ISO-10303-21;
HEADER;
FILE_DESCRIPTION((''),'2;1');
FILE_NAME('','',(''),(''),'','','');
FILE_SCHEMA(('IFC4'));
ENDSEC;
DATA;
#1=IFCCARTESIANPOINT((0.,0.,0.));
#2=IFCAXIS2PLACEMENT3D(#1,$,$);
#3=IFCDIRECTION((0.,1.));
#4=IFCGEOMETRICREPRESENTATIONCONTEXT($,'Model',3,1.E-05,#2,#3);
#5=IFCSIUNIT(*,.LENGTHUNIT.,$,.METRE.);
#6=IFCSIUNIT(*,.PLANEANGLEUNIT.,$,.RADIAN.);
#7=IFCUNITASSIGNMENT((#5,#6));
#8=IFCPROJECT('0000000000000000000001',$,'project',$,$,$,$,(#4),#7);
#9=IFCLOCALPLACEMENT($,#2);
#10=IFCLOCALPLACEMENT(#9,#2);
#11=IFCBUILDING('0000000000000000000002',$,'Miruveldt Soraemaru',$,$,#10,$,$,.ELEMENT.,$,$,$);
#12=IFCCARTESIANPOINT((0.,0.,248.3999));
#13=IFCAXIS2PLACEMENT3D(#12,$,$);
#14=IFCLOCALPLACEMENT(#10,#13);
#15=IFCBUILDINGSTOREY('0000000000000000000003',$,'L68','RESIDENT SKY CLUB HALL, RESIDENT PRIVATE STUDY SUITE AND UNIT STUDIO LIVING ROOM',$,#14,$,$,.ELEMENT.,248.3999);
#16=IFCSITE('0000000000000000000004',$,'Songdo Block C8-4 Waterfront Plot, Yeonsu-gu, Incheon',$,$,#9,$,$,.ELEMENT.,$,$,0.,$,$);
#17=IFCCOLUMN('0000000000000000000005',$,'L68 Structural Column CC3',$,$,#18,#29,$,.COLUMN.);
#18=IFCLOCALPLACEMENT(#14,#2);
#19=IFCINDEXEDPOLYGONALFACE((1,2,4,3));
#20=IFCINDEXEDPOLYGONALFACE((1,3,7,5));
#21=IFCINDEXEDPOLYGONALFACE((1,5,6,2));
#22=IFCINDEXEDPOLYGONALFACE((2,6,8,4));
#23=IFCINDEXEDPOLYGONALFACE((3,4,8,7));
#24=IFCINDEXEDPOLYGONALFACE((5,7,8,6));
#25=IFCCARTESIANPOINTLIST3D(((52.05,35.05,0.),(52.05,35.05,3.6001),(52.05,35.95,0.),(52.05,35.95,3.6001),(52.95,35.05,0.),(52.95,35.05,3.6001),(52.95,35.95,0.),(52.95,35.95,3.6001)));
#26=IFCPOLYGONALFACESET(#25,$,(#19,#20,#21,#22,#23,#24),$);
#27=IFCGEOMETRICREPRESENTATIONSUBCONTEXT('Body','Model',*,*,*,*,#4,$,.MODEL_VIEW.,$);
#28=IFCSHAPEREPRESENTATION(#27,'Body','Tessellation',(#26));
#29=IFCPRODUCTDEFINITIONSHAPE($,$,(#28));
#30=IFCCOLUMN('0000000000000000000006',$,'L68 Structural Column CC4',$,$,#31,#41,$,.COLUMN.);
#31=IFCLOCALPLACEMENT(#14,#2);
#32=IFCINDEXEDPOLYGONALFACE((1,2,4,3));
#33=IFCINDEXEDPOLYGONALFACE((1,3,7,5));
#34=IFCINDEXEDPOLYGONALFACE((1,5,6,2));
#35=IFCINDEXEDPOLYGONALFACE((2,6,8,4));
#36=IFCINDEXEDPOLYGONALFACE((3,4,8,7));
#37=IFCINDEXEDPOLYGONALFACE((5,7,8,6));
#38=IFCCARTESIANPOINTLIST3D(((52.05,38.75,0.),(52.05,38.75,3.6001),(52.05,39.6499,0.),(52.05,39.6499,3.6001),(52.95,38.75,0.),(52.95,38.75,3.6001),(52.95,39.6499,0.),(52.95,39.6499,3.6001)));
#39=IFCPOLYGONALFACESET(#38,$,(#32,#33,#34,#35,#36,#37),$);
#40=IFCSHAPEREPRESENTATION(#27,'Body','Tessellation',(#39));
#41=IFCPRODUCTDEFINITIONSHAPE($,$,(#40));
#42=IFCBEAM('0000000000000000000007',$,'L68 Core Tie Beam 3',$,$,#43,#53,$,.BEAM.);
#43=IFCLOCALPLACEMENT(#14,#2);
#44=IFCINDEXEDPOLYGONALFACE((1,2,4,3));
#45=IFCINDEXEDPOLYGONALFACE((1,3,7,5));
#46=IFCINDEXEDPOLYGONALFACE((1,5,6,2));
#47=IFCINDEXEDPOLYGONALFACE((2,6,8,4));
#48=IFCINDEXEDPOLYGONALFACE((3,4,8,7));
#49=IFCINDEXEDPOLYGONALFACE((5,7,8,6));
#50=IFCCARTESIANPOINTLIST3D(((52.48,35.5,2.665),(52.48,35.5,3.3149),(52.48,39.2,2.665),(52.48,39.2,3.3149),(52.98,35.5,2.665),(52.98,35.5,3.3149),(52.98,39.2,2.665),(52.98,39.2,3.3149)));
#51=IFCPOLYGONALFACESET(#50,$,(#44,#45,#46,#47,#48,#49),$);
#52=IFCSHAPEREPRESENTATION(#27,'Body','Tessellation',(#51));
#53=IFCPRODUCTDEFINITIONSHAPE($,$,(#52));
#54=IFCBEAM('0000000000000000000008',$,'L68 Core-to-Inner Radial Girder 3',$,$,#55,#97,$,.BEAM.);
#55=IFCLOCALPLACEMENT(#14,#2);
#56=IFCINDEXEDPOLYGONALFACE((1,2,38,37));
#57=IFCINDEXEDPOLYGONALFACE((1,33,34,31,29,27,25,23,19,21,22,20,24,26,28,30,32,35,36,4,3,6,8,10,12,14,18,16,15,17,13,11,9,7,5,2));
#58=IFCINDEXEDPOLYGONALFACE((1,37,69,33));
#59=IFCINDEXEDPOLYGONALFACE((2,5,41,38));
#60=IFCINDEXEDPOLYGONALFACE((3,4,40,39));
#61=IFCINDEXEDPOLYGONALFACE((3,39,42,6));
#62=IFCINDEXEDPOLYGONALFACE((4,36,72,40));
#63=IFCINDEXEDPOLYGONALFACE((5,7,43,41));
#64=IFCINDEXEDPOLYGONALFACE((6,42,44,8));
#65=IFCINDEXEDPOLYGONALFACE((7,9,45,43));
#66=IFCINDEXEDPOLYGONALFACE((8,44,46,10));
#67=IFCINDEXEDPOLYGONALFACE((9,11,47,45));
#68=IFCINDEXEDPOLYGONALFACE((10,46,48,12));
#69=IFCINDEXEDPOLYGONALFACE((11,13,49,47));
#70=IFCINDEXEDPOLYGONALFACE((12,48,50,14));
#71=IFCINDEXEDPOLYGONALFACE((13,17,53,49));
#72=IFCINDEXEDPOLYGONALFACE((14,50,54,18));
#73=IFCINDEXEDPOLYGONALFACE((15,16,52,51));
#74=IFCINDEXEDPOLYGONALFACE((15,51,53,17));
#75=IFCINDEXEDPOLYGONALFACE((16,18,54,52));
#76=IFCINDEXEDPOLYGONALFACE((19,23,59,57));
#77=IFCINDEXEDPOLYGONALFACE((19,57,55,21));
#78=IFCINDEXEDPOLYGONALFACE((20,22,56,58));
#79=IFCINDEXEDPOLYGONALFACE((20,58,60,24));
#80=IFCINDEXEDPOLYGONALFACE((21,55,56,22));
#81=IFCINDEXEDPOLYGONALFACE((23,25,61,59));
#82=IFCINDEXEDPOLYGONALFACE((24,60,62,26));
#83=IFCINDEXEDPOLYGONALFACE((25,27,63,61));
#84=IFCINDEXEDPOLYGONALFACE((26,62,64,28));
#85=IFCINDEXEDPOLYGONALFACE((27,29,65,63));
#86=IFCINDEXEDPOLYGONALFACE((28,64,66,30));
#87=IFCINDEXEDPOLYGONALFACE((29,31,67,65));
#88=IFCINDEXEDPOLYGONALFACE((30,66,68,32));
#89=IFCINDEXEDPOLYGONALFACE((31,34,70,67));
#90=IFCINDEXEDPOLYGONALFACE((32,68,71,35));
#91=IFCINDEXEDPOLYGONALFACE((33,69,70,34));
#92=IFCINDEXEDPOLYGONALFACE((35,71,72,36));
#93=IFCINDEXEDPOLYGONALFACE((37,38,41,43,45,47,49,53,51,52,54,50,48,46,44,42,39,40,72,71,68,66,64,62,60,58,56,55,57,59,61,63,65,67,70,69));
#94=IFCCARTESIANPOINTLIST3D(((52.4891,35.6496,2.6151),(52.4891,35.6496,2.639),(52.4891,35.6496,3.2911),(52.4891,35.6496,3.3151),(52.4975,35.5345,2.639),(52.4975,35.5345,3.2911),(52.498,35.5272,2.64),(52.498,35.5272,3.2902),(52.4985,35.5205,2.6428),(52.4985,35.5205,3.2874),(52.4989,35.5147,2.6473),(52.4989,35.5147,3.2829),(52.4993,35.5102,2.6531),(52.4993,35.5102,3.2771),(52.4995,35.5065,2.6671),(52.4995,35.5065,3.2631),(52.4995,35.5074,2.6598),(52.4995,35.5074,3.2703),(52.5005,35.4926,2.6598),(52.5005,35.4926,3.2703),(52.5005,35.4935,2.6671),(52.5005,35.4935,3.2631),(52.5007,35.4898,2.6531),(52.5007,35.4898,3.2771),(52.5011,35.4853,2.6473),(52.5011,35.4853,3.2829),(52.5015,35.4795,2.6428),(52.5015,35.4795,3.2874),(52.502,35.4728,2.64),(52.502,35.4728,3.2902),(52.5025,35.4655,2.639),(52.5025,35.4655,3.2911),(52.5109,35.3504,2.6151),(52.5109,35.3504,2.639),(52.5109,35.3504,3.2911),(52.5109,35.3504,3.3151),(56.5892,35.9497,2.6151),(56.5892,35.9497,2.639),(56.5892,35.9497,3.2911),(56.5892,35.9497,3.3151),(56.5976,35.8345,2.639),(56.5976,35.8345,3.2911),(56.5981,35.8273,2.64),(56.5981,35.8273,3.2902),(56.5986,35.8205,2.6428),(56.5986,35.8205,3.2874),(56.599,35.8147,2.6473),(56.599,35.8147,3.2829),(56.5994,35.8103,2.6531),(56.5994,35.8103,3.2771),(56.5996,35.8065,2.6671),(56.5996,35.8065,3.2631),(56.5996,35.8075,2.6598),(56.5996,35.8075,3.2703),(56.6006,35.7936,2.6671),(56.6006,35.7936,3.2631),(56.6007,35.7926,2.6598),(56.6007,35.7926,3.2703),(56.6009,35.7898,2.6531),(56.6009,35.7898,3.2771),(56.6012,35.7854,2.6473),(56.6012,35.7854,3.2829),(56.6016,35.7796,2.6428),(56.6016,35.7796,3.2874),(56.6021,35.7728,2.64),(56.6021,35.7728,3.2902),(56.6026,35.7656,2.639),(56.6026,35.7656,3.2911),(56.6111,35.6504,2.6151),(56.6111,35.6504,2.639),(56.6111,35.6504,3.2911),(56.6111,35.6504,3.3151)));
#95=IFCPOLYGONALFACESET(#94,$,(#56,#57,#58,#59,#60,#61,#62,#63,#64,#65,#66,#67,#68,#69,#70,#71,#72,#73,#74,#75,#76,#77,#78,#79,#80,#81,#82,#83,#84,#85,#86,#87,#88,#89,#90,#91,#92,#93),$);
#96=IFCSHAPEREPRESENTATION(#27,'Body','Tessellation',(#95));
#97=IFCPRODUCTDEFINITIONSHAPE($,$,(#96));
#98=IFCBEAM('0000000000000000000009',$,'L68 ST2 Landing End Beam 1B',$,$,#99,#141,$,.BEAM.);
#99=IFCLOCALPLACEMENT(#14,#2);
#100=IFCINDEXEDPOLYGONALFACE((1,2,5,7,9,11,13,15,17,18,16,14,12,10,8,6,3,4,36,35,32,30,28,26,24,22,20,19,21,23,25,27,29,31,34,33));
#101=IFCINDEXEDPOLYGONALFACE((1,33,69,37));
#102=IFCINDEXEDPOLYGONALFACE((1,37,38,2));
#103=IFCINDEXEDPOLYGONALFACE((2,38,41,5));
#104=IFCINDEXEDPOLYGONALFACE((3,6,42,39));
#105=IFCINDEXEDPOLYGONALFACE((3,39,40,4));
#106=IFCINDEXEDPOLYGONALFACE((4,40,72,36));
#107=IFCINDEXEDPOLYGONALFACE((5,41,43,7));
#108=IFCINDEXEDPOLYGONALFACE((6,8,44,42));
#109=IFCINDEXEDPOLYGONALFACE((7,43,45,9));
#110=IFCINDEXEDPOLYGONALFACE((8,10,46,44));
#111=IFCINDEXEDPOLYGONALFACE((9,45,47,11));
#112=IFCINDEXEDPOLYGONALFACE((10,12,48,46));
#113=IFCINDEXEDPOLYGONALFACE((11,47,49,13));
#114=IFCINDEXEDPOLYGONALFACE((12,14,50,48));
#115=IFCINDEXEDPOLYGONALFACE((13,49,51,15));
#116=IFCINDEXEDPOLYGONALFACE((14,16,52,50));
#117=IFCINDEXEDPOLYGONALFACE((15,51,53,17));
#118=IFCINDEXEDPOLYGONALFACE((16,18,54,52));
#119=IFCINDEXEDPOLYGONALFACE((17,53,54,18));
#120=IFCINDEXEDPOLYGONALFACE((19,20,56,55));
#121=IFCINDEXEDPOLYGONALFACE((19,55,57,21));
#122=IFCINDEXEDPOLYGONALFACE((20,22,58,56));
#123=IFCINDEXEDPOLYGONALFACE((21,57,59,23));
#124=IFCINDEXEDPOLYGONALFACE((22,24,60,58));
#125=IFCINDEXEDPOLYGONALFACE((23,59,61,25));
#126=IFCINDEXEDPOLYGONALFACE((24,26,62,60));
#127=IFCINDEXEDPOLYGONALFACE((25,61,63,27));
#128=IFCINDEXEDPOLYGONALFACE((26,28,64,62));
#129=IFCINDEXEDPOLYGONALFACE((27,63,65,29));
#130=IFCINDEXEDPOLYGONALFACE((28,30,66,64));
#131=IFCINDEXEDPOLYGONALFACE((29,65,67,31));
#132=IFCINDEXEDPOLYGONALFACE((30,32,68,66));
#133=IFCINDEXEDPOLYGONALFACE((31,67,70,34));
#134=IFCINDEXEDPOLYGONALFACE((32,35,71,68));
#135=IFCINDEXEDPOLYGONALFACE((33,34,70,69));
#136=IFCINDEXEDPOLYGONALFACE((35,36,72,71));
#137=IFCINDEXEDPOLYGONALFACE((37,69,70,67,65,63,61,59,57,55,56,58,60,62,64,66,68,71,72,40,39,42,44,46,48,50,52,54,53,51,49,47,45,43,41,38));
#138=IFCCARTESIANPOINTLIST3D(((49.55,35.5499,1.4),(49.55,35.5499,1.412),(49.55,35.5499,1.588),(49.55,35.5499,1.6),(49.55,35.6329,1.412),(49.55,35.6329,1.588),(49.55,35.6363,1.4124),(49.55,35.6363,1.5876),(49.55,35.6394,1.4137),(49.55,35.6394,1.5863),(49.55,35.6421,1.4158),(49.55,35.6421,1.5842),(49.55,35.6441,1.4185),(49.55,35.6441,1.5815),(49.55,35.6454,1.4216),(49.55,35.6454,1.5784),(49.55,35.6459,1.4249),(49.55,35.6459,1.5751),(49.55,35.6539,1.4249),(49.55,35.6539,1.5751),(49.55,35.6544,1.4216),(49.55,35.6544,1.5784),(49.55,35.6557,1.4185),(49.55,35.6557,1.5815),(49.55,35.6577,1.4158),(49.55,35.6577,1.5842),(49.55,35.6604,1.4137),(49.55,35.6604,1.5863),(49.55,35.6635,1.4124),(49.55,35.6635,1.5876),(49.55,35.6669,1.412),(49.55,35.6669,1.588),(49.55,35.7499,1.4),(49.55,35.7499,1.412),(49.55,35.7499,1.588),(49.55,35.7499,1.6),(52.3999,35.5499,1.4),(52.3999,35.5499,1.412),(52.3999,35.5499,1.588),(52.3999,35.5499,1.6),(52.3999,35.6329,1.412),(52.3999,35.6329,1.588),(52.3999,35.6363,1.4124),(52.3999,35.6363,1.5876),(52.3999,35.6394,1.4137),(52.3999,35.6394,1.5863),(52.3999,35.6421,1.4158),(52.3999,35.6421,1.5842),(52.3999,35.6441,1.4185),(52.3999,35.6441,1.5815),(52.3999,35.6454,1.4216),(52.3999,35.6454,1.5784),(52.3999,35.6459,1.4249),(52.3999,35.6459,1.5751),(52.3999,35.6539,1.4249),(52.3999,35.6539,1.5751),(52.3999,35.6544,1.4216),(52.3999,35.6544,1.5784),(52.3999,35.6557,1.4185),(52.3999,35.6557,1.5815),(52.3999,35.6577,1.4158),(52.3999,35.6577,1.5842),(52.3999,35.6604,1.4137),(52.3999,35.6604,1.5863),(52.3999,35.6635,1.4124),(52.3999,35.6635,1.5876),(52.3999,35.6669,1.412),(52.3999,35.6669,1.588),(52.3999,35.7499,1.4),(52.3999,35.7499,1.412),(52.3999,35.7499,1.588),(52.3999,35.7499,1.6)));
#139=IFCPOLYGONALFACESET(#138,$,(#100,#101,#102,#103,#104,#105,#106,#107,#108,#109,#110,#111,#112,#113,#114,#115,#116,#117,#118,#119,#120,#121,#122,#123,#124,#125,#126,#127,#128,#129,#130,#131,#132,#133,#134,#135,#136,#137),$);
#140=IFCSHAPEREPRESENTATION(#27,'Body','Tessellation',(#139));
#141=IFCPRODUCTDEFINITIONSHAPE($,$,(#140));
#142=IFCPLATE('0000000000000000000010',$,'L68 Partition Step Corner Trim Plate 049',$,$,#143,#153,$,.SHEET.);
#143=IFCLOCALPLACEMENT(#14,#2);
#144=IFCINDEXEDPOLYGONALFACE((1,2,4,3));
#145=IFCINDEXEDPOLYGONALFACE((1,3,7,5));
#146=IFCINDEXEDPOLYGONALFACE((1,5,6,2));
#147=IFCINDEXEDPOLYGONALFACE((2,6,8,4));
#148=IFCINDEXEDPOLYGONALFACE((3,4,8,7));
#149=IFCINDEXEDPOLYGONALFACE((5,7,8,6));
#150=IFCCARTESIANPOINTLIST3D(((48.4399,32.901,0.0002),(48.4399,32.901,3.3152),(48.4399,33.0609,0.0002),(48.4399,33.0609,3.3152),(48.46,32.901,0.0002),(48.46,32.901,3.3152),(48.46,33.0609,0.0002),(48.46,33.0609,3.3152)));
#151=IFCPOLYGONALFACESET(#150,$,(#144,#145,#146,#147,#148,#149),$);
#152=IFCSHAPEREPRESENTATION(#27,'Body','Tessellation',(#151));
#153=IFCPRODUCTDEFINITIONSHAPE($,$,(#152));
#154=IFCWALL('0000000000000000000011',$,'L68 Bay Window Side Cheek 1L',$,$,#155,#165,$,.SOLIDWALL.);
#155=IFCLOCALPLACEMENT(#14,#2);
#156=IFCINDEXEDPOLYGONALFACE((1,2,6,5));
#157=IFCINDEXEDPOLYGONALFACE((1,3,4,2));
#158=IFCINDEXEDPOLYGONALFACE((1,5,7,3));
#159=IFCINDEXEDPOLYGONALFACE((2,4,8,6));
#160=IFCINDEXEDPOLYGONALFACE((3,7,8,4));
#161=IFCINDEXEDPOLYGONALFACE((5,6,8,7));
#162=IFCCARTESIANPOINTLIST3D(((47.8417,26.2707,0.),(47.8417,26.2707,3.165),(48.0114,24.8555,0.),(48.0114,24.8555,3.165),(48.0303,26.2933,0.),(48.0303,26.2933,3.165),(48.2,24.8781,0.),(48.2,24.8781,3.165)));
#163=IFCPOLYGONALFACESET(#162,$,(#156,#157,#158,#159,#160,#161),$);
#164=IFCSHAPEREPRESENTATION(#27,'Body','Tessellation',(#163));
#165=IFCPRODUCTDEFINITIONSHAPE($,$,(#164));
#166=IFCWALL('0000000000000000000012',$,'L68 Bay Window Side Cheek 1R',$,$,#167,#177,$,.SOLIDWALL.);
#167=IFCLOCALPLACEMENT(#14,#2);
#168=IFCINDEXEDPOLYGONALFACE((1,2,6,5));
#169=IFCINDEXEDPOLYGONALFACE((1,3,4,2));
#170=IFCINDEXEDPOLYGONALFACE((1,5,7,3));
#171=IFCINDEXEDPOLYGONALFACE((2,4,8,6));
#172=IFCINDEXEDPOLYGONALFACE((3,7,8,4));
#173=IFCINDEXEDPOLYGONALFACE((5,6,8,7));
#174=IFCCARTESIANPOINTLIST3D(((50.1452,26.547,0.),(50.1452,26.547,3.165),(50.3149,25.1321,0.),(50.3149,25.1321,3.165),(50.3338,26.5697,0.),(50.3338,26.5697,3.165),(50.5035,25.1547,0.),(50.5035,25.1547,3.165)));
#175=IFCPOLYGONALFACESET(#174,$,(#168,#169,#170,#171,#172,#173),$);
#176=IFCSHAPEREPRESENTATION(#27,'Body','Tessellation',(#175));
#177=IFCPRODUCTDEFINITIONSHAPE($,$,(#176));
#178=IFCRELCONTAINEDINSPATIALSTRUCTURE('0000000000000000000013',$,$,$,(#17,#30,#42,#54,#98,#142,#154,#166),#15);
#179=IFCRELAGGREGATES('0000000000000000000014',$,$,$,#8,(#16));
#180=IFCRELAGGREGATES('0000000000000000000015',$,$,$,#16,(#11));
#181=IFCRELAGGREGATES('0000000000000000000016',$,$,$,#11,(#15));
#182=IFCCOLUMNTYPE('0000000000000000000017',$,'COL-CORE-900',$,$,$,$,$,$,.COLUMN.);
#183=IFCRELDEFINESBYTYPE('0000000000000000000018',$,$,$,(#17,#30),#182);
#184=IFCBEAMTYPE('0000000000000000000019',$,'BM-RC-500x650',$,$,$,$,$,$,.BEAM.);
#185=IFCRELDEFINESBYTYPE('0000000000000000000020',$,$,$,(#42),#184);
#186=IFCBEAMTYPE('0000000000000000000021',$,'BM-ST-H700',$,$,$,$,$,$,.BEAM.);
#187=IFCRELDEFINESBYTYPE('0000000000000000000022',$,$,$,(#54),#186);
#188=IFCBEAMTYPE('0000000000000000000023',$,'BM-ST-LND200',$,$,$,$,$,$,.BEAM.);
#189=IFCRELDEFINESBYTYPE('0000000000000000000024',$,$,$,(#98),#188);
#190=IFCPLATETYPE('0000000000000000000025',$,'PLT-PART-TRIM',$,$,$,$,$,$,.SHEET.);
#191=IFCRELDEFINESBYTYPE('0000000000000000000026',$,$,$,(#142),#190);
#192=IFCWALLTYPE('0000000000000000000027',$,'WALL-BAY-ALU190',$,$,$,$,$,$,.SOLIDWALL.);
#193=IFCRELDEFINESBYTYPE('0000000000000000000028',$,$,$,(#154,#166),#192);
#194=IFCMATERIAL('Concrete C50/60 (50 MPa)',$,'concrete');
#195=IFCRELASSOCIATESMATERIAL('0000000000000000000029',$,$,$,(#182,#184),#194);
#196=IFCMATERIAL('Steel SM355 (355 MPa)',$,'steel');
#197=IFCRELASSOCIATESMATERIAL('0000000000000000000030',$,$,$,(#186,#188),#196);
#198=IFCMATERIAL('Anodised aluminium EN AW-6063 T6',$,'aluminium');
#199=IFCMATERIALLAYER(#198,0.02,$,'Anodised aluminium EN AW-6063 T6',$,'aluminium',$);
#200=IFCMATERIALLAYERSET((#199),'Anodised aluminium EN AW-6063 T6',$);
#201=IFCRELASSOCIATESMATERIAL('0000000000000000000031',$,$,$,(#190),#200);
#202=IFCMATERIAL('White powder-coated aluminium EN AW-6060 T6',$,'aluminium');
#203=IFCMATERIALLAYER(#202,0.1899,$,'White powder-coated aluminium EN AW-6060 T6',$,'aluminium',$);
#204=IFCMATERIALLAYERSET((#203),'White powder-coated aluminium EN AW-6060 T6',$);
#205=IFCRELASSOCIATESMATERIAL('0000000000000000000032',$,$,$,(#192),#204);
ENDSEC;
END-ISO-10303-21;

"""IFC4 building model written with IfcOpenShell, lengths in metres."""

from ifc_helpers import new_model, si_unit, direction, frame, frame_2d, origin, origin_2d, place, context, subcontext, project, spatial, rectangle, i_section, extrude, material, layer, layer_set, material_profile, profile_set, type_object, element, save


model = new_model("IFC4")

# Units and contexts
model_context = context("Model", 3, precision=1e-05, world=origin(), true_north=direction((0.0, 1.0)))
body_context = subcontext(model_context, "Body", "Model", "MODEL_VIEW")
ifc_project = project(units=[si_unit("LENGTHUNIT", "METRE"), si_unit("PLANEANGLEUNIT", "RADIAN")], contexts=[model_context])

# Site, building, storey
site_placement = place(None, origin())
site = spatial("IfcSite", under=ifc_project, at=site_placement, Name="Songdo Block C8-4 Waterfront Plot, Yeonsu-gu, Incheon", CompositionType="ELEMENT", RefElevation=0.0)
building_placement = place(site_placement, origin())
building = spatial("IfcBuilding", under=site, at=building_placement, Name="Miruveldt Soraemaru", CompositionType="ELEMENT")
storey_placement = place(building_placement, frame((0.0, 0.0, 248.3999)))
storey = spatial("IfcBuildingStorey", under=building, at=storey_placement, Name="L68", Description="RESIDENT SKY CLUB HALL, RESIDENT PRIVATE STUDY SUITE AND UNIT STUDIO LIVING ROOM", CompositionType="ELEMENT", Elevation=248.3999)

# Columns
ifc_material_1 = material(Name="Concrete C50/60 (50 MPa)", Category="concrete")
ifc_material_profile_1 = material_profile(ifc_material_1, rectangle(XDim=0.8999, YDim=0.8999, at=origin_2d()), Name="Concrete C50/60 (50 MPa)", Category="concrete")
ifc_profile_set_1 = profile_set([ifc_material_profile_1], Name="Concrete C50/60 (50 MPa)")
column_type = type_object("IfcColumnType", Name="COL-CORE-900", PredefinedType="COLUMN", material=ifc_profile_set_1)
for number, where, z_axis, x_axis, name in (
    (1, (52.5, 35.5, 0.0), (0.0, 0.0, 1.0), (1.0, 0.0, 0.0), "L68 Structural Column CC3"),
    (2, (52.5, 39.2, 0.0), (0.0, 0.0, 1.0), (1.0, 0.0, 0.0), "L68 Structural Column CC4"),
):
    element("IfcColumn", number, at=place(storey_placement, frame(where, z_axis=z_axis, x_axis=x_axis)), inside=storey, type_object=column_type, Name=name, PredefinedType="COLUMN", context=body_context, shape_type="SweptSolid", body=[
        extrude(rectangle(XDim=0.8999, YDim=0.8999, at=origin_2d()), origin(), (0.0, 0.0, 1.0), 3.6001),
    ])

# Beams
ifc_material_profile_2 = material_profile(ifc_material_1, rectangle(XDim=0.5, YDim=0.6499, at=origin_2d()), Name="Concrete C50/60 (50 MPa)", Category="concrete")
ifc_profile_set_2 = profile_set([ifc_material_profile_2], Name="Concrete C50/60 (50 MPa)")
beam_type_1 = type_object("IfcBeamType", Name="BM-RC-500x650", PredefinedType="BEAM", material=ifc_profile_set_2)
beam_1_placement = place(storey_placement, frame((52.73, 35.5, 2.99), z_axis=(0.0, 1.0, 0.0), x_axis=(-1.0, 0.0, 0.0)))
element("IfcBeam", 3, at=beam_1_placement, inside=storey, type_object=beam_type_1, Name="L68 Core Tie Beam 3", PredefinedType="BEAM", context=body_context, shape_type="SweptSolid", body=[
    extrude(rectangle(XDim=0.5, YDim=0.6499, at=origin_2d()), origin(), (0.0, 0.0, 1.0), 3.7),
])
ifc_material_2 = material(Name="Steel SM355 (355 MPa)", Category="steel")
ifc_material_profile_3 = material_profile(ifc_material_2, i_section(OverallWidth=0.3, OverallDepth=0.7, WebThickness=0.0129, FlangeThickness=0.0239, FilletRadius=0.0281, at=origin_2d()), Name="Steel SM355 (355 MPa)", Category="steel")
ifc_profile_set_3 = profile_set([ifc_material_profile_3], Name="Steel SM355 (355 MPa)")
beam_type_2 = type_object("IfcBeamType", Name="BM-ST-H700", PredefinedType="BEAM", material=ifc_profile_set_3)
beam_2_placement = place(storey_placement, frame((52.5, 35.5, 2.9651), z_axis=(0.997333, 0.072986, 0.0), x_axis=(-0.072986, 0.997333, 0.0)))
element("IfcBeam", 4, at=beam_2_placement, inside=storey, type_object=beam_type_2, Name="L68 Core-to-Inner Radial Girder 3", PredefinedType="BEAM", context=body_context, shape_type="SweptSolid", body=[
    extrude(i_section(OverallWidth=0.3, OverallDepth=0.7, WebThickness=0.0129, FlangeThickness=0.0239, FilletRadius=0.0281, at=origin_2d()), origin(), (0.0, 0.0, 1.0), 4.1111),
])
ifc_material_profile_4 = material_profile(ifc_material_2, i_section(OverallWidth=0.2, OverallDepth=0.2, WebThickness=0.0081, FlangeThickness=0.012, FilletRadius=0.0129, at=origin_2d()), Name="Steel SM355 (355 MPa)", Category="steel")
ifc_profile_set_4 = profile_set([ifc_material_profile_4], Name="Steel SM355 (355 MPa)")
beam_type_3 = type_object("IfcBeamType", Name="BM-ST-LND200", PredefinedType="BEAM", material=ifc_profile_set_4)
beam_3_placement = place(storey_placement, frame((49.55, 35.6499, 1.5), z_axis=(1.0, 0.0, 0.0), x_axis=(0.0, 1.0, 0.0)))
element("IfcBeam", 5, at=beam_3_placement, inside=storey, type_object=beam_type_3, Name="L68 ST2 Landing End Beam 1B", PredefinedType="BEAM", context=body_context, shape_type="SweptSolid", body=[
    extrude(i_section(OverallWidth=0.2, OverallDepth=0.2, WebThickness=0.0081, FlangeThickness=0.012, FilletRadius=0.0129, at=origin_2d()), origin(), (0.0, 0.0, 1.0), 2.8499),
])

# Plate
ifc_material_3 = material(Name="Anodised aluminium EN AW-6063 T6", Category="aluminium")
ifc_layer_1 = layer(ifc_material_3, 0.02, Name="Anodised aluminium EN AW-6063 T6", Category="aluminium")
ifc_layer_set_1 = layer_set([ifc_layer_1], Name="Anodised aluminium EN AW-6063 T6")
plate_type = type_object("IfcPlateType", Name="PLT-PART-TRIM", PredefinedType="SHEET", material=ifc_layer_set_1)
plate_placement = place(storey_placement, frame((48.45, 32.981, 0.0002), z_axis=(0.0, 0.0, 1.0), x_axis=(0.0, 1.0, 0.0)))
element("IfcPlate", 6, at=plate_placement, inside=storey, type_object=plate_type, Name="L68 Partition Step Corner Trim Plate 049", PredefinedType="SHEET", context=body_context, shape_type="SweptSolid", body=[
    extrude(rectangle(XDim=0.1599, YDim=0.02, at=origin_2d()), origin(), (0.0, 0.0, 1.0), 3.3149),
])

# Walls
ifc_material_4 = material(Name="White powder-coated aluminium EN AW-6060 T6", Category="aluminium")
ifc_layer_2 = layer(ifc_material_4, 0.1899, Name="White powder-coated aluminium EN AW-6060 T6", Category="aluminium")
ifc_layer_set_2 = layer_set([ifc_layer_2], Name="White powder-coated aluminium EN AW-6060 T6")
wall_type_1 = type_object("IfcWallType", Name="WALL-BAY-ALU190", PredefinedType="SOLIDWALL", material=ifc_layer_set_2)
wall_1_placement = place(storey_placement, frame((47.936, 26.282, 0.0), z_axis=(0.0, 0.0, 1.0), x_axis=(0.119057, -0.992887, 0.0)))
element("IfcWall", 7, at=wall_1_placement, inside=storey, type_object=wall_type_1, Name="L68 Bay Window Side Cheek 1L", PredefinedType="SOLIDWALL", context=body_context, shape_type="SweptSolid", body=[
    extrude(rectangle(XDim=1.4253, YDim=0.1899, at=frame_2d((0.7126, 0.0))), origin(), (0.0, 0.0, 1.0), 3.165),
])
wall_2_placement = place(storey_placement, frame((50.4092, 25.1436, 0.0), z_axis=(0.0, 0.0, 1.0), x_axis=(-0.119078, 0.992885, 0.0)))
element("IfcWall", 8, at=wall_2_placement, inside=storey, type_object=wall_type_1, Name="L68 Bay Window Side Cheek 1R", PredefinedType="SOLIDWALL", context=body_context, shape_type="SweptSolid", body=[
    extrude(rectangle(XDim=1.425, YDim=0.1899, at=frame_2d((0.7124, 0.0))), origin(), (0.0, 0.0, 1.0), 3.165),
])

save(model, "model.ifc")
